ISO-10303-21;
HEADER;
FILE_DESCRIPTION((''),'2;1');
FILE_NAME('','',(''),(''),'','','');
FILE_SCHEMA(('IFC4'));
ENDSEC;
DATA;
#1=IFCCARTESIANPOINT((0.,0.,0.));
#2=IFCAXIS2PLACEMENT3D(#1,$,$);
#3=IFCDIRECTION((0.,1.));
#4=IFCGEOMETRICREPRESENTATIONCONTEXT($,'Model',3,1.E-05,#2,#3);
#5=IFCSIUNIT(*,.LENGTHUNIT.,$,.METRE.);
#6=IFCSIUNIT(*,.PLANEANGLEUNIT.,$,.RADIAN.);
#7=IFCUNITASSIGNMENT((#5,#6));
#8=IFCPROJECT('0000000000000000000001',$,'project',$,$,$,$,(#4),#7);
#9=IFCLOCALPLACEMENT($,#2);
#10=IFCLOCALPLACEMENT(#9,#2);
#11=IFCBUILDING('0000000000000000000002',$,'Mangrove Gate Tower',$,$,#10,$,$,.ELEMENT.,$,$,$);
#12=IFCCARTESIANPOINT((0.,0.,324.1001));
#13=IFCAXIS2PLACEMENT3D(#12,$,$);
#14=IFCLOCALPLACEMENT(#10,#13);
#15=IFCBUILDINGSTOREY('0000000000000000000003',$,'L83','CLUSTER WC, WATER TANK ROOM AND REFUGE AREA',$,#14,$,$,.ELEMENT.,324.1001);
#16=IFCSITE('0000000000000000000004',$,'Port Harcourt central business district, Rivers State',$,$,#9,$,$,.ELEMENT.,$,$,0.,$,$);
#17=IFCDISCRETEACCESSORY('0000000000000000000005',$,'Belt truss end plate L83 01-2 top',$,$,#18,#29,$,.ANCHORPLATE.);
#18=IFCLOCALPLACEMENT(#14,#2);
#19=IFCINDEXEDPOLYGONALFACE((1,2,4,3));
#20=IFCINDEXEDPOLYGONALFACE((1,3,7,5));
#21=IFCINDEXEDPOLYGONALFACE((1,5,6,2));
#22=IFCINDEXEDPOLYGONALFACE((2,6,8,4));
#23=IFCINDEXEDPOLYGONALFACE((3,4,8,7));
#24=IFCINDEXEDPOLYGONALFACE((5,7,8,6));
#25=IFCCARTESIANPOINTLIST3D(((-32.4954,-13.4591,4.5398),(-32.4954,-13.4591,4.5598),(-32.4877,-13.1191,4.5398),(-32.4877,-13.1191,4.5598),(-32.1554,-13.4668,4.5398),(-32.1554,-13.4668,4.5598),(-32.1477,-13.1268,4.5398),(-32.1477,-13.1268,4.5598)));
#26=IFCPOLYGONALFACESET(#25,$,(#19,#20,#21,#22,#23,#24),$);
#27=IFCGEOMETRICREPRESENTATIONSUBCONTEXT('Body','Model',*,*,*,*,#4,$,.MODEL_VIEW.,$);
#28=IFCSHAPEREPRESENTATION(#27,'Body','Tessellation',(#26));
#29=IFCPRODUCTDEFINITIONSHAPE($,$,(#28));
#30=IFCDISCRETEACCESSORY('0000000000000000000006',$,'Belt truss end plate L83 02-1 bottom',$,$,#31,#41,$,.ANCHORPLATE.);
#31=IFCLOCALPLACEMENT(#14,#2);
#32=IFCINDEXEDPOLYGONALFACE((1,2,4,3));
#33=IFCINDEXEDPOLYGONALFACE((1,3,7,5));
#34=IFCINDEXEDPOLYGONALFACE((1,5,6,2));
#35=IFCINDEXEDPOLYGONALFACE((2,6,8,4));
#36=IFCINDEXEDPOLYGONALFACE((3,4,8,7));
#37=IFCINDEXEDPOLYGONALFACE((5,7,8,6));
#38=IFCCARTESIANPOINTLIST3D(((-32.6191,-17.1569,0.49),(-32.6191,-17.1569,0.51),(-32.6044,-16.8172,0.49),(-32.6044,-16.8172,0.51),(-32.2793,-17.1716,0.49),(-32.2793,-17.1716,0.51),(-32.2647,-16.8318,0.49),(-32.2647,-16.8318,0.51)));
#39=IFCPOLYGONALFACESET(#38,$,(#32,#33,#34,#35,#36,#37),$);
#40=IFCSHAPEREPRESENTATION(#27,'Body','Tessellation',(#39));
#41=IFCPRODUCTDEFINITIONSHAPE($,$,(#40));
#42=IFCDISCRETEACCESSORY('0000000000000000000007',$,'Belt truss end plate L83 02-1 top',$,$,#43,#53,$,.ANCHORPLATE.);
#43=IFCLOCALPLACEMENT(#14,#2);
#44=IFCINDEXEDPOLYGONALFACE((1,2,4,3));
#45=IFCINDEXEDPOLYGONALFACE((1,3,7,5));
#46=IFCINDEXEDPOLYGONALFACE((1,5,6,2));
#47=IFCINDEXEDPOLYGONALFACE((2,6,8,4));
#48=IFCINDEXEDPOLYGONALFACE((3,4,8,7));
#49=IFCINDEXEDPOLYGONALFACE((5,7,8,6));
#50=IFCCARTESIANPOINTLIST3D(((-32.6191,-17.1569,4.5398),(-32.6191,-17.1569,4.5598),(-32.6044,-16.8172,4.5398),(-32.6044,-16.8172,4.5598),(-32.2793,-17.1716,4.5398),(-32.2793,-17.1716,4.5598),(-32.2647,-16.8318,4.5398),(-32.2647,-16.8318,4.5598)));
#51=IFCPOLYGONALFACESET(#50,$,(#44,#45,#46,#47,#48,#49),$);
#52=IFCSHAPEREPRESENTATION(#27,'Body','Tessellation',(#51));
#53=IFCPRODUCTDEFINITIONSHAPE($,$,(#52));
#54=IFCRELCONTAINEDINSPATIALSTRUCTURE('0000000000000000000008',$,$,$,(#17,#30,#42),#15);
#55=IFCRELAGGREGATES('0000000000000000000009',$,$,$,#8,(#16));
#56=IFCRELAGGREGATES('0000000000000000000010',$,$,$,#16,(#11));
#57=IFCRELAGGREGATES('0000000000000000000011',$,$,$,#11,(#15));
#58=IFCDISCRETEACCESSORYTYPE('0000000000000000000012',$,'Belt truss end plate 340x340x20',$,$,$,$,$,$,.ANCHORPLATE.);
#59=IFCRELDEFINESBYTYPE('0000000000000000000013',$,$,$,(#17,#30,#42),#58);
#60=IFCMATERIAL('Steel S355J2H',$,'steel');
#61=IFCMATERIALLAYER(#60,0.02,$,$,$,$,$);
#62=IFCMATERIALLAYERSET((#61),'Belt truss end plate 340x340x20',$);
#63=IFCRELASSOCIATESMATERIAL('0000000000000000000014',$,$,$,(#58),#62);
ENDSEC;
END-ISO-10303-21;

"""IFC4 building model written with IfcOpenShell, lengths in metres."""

from ifc_helpers import new_model, si_unit, direction, frame, origin, origin_2d, place, context, subcontext, project, spatial, rectangle, extrude, material, layer, layer_set, type_object, element, save


model = new_model("IFC4")

# Units and contexts
model_context = context("Model", 3, precision=1e-05, world=origin(), true_north=direction((0.0, 1.0)))
body_context = subcontext(model_context, "Body", "Model", "MODEL_VIEW")
ifc_project = project(units=[si_unit("LENGTHUNIT", "METRE"), si_unit("PLANEANGLEUNIT", "RADIAN")], contexts=[model_context])

# Site, building, storey
site_placement = place(None, origin())
site = spatial("IfcSite", under=ifc_project, at=site_placement, Name="Port Harcourt central business district, Rivers State", CompositionType="ELEMENT", RefElevation=0.0)
building_placement = place(site_placement, origin())
building = spatial("IfcBuilding", under=site, at=building_placement, Name="Mangrove Gate Tower", CompositionType="ELEMENT")
storey_placement = place(building_placement, frame((0.0, 0.0, 324.1001)))
storey = spatial("IfcBuildingStorey", under=building, at=storey_placement, Name="L83", Description="CLUSTER WC, WATER TANK ROOM AND REFUGE AREA", CompositionType="ELEMENT", Elevation=324.1001)

# Discrete accessories
ifc_material_1 = material(Name="Steel S355J2H", Category="steel")
ifc_layer_1 = layer(ifc_material_1, 0.02)
ifc_layer_set_1 = layer_set([ifc_layer_1], Name="Belt truss end plate 340x340x20")
discrete_accessory_type = type_object("IfcDiscreteAccessoryType", Name="Belt truss end plate 340x340x20", PredefinedType="ANCHORPLATE", material=ifc_layer_set_1)
for number, where, z_axis, x_axis, name in (
    (1, (-32.3215, -13.293, 4.5398), (0.0, 0.0, 1.0), (-0.022653, -0.999743, 0.0), "Belt truss end plate L83 01-2 top"),
    (2, (-32.4419, -16.9944, 0.49), (0.0, 0.0, 1.0), (-0.04316, -0.999068, 0.0), "Belt truss end plate L83 02-1 bottom"),
    (3, (-32.4419, -16.9944, 4.5398), (0.0, 0.0, 1.0), (-0.04316, -0.999068, 0.0), "Belt truss end plate L83 02-1 top"),
):
    element("IfcDiscreteAccessory", number, at=place(storey_placement, frame(where, z_axis=z_axis, x_axis=x_axis)), inside=storey, type_object=discrete_accessory_type, Name=name, PredefinedType="ANCHORPLATE", context=body_context, shape_type="SweptSolid", body=[
        extrude(rectangle(XDim=0.3401, YDim=0.3401, at=origin_2d()), origin(), (0.0, 0.0, 1.0), 0.02),
    ])

save(model, "model.ifc")
